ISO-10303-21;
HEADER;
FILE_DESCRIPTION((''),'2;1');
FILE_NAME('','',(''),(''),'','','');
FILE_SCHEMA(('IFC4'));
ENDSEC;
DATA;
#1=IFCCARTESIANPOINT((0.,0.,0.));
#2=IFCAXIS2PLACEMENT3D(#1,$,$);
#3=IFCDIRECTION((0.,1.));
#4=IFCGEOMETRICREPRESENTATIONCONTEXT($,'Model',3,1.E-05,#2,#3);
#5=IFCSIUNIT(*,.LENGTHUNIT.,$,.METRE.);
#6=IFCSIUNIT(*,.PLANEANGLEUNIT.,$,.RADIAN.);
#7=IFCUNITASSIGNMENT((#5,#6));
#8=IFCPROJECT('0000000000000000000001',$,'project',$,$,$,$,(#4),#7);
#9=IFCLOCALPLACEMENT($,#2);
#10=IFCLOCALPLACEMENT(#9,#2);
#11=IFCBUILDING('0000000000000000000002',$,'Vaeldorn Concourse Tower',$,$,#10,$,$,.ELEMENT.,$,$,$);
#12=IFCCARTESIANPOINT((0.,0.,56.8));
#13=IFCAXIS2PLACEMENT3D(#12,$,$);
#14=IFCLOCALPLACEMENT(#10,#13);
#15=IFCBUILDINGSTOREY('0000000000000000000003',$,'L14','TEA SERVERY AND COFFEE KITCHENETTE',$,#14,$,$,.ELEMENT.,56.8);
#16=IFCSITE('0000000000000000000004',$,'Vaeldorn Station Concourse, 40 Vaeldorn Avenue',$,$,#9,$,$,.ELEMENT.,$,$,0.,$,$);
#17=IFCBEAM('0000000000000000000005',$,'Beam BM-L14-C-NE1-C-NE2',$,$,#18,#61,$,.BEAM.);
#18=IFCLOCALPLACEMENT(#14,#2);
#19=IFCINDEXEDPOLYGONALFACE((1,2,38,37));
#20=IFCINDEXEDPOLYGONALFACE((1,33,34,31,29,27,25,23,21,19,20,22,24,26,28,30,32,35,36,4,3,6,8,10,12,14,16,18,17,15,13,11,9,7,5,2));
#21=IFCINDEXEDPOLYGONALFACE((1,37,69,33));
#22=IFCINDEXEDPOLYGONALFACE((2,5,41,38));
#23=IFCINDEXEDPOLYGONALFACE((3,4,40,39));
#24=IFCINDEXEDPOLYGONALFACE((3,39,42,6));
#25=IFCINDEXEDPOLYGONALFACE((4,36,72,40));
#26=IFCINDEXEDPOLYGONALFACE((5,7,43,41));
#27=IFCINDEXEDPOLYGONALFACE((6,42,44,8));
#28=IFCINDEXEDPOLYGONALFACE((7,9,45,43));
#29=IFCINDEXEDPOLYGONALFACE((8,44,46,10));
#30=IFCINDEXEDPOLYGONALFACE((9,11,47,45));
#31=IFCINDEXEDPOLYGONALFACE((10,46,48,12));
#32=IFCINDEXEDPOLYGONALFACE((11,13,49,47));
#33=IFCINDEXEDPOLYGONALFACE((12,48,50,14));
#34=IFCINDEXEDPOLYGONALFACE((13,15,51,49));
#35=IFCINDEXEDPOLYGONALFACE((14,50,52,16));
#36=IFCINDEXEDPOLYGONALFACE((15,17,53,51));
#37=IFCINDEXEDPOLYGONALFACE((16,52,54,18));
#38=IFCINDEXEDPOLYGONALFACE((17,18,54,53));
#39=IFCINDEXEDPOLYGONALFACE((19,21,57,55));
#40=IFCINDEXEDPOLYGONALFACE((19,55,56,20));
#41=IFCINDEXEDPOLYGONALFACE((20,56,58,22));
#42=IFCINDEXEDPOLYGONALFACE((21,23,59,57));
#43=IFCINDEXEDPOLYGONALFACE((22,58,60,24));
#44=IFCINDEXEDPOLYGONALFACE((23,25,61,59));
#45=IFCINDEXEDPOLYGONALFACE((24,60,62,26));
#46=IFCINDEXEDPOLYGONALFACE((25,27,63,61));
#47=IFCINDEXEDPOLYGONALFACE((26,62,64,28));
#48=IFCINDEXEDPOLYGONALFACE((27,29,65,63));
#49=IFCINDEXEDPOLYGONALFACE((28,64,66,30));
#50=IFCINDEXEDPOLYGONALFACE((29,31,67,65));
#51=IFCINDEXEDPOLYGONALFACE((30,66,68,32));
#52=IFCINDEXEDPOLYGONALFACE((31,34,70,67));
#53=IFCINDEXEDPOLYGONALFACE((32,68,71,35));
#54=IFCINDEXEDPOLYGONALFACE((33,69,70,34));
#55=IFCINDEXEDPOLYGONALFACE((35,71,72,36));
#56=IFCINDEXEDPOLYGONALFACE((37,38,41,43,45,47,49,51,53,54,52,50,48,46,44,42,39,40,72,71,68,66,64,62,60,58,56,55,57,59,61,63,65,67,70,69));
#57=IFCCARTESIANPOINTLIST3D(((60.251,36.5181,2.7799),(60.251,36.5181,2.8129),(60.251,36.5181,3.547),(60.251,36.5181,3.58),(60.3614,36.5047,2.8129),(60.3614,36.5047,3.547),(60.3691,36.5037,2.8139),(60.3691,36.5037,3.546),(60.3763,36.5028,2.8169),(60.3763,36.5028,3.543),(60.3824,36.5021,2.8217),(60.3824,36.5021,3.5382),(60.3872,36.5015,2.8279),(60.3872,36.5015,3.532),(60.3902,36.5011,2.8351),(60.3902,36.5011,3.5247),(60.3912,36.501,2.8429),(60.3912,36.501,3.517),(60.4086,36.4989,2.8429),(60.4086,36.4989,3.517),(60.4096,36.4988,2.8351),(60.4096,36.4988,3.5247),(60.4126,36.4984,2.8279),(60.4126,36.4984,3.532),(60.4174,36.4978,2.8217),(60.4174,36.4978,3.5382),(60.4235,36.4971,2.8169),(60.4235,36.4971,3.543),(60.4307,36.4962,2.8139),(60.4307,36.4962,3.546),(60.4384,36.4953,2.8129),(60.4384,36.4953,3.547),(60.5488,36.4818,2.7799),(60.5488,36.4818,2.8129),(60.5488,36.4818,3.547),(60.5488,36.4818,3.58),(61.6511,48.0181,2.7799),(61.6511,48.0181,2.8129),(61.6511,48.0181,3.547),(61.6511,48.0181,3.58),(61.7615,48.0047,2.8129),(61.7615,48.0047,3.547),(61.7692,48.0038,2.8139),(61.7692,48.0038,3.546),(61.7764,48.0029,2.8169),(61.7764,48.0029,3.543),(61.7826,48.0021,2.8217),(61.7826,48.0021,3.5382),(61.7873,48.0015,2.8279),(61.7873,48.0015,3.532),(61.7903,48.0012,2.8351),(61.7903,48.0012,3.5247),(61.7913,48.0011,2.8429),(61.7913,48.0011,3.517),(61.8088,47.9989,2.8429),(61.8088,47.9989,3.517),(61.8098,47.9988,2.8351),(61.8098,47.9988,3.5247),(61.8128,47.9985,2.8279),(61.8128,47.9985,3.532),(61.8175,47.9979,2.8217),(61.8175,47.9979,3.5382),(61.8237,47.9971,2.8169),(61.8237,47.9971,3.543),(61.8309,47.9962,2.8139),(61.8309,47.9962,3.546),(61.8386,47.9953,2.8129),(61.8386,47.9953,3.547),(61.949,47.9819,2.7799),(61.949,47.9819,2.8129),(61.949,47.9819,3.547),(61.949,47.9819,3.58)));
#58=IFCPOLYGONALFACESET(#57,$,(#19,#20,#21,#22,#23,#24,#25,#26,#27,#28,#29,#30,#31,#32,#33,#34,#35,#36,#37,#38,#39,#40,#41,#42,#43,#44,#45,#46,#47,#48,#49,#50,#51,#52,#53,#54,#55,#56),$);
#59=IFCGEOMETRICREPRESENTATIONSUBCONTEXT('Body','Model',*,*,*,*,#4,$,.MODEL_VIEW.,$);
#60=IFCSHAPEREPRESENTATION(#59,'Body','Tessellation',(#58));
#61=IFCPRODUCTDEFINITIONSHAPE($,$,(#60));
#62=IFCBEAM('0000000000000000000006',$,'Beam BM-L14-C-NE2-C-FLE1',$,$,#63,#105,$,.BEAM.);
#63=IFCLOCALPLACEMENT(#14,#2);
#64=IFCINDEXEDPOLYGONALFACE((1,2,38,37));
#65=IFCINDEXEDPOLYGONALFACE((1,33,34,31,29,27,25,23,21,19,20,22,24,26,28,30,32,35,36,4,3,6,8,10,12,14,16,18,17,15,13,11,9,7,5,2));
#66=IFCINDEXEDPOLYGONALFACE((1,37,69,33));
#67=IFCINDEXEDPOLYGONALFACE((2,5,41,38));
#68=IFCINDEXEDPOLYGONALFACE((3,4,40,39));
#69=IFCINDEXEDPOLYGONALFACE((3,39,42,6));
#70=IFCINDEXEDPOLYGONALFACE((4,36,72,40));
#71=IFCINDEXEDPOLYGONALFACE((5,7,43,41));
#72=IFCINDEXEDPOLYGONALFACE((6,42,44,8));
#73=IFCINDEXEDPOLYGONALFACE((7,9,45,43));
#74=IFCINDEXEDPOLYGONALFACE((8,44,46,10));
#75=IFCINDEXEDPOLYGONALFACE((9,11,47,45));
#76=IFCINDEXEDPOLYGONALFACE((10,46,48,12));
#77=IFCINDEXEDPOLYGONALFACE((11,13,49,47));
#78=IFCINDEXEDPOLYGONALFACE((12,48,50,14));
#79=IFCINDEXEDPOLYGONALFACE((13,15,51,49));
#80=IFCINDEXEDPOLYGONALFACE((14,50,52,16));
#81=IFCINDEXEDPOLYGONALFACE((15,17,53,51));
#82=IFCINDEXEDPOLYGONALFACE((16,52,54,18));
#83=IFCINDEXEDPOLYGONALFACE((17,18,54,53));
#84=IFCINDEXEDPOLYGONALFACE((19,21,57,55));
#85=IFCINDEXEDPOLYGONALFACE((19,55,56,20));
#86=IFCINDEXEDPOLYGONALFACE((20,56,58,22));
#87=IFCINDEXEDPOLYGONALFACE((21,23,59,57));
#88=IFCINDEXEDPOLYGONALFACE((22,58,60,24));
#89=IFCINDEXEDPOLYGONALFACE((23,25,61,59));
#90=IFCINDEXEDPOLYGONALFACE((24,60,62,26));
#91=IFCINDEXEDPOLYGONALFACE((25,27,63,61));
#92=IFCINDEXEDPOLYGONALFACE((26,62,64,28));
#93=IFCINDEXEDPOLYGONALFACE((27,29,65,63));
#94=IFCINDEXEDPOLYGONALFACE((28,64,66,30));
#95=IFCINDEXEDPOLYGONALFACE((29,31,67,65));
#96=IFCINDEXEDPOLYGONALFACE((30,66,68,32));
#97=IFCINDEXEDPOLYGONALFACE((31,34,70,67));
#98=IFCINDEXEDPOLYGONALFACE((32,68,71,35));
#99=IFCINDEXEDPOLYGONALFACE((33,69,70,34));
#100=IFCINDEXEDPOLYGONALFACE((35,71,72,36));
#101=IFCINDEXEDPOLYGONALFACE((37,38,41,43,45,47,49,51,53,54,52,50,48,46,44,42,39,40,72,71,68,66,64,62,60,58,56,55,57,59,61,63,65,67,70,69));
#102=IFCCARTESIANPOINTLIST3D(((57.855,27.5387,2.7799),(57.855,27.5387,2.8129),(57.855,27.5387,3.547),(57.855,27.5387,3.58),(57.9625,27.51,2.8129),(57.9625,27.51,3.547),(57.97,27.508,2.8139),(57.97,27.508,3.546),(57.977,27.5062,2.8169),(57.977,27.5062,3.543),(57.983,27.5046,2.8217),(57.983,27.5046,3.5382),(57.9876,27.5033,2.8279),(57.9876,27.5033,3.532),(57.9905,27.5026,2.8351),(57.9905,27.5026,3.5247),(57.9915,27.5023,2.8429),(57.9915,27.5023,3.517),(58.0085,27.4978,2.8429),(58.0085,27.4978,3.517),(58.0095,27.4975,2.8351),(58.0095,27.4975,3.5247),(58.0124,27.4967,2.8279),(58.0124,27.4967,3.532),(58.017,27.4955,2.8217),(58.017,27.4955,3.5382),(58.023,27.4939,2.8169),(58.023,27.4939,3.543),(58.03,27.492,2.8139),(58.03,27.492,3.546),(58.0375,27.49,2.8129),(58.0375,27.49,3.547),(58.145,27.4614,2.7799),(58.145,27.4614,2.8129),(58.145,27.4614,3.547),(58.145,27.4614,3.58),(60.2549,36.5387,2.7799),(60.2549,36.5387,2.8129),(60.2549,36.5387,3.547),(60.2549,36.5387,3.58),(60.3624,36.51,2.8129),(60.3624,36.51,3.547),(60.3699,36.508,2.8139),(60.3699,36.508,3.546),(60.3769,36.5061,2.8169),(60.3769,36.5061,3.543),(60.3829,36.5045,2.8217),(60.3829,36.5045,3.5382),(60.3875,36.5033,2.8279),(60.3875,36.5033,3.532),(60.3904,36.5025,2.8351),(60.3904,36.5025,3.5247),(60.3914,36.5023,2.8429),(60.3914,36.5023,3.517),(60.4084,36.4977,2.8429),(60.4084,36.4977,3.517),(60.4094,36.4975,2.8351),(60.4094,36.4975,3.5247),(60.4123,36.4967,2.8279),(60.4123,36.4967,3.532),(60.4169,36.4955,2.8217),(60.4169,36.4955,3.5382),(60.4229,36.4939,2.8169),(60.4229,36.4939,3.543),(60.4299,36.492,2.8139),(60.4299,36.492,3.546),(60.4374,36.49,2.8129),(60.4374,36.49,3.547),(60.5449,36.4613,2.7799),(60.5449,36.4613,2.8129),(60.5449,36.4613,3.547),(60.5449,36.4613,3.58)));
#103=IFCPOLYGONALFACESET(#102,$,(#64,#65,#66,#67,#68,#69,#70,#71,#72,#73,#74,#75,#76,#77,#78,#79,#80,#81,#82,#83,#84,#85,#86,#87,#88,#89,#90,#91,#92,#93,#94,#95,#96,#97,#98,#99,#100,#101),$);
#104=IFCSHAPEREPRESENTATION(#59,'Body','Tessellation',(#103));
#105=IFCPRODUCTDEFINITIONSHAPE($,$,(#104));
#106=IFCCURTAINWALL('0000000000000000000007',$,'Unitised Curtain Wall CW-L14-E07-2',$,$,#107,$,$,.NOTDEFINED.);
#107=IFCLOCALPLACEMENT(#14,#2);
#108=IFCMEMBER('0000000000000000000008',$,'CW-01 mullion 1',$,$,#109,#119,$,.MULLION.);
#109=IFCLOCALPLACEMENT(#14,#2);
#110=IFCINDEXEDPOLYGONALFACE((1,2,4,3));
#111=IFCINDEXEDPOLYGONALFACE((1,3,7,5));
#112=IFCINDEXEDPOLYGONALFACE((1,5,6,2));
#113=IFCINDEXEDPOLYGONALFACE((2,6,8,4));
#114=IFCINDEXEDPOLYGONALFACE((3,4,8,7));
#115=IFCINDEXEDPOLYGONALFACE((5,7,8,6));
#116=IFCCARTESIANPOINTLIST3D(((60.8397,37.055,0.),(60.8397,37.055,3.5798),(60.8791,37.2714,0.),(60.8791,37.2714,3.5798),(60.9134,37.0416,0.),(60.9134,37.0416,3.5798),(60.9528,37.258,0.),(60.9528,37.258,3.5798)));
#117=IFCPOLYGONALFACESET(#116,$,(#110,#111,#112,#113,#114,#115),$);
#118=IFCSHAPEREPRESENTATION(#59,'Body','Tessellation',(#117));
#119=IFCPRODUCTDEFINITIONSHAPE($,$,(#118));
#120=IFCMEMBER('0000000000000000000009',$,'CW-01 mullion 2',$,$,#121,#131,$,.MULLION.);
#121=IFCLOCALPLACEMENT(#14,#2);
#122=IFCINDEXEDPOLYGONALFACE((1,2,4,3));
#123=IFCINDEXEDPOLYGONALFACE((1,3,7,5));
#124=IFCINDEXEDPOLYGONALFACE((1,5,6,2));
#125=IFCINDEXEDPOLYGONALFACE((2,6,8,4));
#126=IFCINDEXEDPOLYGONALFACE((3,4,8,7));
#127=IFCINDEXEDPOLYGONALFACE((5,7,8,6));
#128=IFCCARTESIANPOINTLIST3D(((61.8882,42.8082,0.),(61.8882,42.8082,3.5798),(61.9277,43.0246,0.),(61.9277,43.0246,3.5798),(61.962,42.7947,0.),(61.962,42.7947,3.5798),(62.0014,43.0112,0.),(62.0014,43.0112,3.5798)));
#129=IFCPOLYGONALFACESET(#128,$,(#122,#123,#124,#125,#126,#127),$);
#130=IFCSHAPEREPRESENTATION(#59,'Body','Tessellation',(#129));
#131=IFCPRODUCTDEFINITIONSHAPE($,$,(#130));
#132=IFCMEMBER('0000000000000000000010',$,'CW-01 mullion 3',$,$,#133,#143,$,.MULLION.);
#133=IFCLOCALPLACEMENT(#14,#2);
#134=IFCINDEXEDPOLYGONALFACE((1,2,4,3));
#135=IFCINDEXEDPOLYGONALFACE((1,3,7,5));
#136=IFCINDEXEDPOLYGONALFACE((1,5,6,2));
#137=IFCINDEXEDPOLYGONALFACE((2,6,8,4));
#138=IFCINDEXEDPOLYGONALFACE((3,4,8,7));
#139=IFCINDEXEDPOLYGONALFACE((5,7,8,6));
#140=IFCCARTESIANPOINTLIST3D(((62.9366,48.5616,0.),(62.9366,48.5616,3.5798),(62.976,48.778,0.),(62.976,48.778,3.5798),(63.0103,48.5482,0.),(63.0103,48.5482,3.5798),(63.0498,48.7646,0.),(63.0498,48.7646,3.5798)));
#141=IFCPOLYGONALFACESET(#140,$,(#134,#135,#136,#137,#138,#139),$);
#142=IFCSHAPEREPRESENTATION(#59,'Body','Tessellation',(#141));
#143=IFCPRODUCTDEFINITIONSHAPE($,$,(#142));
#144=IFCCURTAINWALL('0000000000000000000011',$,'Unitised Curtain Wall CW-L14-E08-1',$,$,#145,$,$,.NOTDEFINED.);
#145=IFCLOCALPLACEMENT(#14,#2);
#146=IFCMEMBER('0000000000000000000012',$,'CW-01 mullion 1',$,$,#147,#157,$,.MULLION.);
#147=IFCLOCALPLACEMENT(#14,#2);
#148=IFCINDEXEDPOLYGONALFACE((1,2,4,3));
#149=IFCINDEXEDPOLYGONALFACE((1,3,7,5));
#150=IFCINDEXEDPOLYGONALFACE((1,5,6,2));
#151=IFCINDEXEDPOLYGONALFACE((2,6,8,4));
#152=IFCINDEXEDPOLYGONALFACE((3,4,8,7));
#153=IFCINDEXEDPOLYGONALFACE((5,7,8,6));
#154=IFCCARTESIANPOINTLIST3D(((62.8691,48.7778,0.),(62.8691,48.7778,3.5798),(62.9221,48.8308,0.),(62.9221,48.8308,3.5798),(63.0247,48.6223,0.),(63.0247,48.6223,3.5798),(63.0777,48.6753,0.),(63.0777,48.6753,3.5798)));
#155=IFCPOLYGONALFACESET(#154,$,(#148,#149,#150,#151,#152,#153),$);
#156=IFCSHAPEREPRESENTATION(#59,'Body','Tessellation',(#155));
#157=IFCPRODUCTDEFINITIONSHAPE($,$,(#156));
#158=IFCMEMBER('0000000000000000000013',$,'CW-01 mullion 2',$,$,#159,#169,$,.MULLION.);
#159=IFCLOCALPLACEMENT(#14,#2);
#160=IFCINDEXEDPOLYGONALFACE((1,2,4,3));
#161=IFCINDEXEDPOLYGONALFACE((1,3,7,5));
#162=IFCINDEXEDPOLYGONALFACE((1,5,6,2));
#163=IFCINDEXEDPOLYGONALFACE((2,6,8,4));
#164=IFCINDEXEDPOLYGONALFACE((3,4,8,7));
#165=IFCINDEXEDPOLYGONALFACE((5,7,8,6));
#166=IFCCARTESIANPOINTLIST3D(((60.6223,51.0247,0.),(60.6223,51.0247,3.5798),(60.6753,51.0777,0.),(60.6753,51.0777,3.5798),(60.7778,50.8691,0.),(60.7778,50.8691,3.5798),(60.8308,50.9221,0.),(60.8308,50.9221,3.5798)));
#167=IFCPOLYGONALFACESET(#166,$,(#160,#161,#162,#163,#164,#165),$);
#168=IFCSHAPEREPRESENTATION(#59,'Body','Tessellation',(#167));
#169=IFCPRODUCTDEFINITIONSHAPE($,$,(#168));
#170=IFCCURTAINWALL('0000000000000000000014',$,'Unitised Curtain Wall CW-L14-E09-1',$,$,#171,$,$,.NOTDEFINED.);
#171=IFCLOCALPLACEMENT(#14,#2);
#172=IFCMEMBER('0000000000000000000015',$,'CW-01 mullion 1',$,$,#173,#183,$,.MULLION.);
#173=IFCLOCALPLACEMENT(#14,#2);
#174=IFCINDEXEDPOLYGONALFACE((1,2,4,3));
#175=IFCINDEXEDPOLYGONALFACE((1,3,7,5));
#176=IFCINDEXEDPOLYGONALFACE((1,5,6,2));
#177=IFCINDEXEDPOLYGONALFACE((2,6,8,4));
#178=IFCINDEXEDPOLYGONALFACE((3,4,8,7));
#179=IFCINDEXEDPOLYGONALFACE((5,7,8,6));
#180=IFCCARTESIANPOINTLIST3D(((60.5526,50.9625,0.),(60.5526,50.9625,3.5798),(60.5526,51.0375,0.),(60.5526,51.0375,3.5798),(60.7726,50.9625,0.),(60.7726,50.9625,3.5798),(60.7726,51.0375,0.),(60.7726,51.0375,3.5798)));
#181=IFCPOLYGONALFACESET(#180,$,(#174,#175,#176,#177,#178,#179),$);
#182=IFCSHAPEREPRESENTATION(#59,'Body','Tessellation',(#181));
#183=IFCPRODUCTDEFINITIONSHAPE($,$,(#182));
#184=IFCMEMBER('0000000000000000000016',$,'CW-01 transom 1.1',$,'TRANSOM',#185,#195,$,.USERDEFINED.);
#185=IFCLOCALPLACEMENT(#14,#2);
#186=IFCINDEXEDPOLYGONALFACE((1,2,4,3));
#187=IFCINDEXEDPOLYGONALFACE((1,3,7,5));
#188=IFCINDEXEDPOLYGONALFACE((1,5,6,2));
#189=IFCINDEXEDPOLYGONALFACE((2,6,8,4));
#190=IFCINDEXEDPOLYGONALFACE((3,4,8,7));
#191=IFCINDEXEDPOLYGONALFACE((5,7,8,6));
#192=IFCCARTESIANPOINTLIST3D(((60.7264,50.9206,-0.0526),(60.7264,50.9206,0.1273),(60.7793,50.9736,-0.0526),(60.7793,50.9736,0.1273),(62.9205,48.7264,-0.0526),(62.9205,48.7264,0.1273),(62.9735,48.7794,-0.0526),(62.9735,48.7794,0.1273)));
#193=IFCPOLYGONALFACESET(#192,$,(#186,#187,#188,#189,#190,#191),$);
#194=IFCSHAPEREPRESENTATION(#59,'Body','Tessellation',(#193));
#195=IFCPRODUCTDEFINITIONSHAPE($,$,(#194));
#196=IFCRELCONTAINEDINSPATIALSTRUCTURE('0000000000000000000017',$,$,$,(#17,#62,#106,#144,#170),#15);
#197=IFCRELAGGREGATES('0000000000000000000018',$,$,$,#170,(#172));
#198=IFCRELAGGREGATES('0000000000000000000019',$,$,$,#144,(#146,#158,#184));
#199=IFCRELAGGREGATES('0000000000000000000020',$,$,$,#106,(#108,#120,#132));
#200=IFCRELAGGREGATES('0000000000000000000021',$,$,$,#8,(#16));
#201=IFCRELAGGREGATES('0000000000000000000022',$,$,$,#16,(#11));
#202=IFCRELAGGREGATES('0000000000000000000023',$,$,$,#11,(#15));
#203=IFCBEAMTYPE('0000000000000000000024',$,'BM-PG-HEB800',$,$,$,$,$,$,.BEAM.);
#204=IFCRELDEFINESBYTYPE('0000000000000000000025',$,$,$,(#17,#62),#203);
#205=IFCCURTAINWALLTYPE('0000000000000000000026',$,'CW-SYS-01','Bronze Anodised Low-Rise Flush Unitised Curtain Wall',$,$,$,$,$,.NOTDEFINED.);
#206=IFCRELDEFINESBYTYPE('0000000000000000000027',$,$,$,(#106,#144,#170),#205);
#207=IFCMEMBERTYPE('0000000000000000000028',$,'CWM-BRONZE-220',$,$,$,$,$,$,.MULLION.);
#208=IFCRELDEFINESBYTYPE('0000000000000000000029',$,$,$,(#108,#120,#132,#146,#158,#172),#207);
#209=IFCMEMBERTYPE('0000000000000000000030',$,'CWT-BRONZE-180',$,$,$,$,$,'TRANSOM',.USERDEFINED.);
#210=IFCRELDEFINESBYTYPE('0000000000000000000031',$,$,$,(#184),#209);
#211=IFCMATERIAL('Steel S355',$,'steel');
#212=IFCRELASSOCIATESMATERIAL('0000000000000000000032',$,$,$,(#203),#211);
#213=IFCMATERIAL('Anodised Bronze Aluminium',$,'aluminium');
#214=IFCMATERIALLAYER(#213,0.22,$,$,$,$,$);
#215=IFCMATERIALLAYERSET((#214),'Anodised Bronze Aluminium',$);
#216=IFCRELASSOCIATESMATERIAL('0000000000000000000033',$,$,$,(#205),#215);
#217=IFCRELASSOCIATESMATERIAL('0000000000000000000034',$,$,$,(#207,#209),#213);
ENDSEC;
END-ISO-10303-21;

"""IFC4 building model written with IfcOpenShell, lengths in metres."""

from ifc_helpers import new_model, si_unit, direction, frame, origin, origin_2d, place, context, subcontext, project, spatial, rectangle, i_section, extrude, source, transform, mapped, material, layer, layer_set, material_profile, profile_set, type_object, element, aggregate, save


model = new_model("IFC4")

# Units and contexts
model_context = context("Model", 3, precision=1e-05, world=origin(), true_north=direction((0.0, 1.0)))
body_context = subcontext(model_context, "Body", "Model", "MODEL_VIEW")
ifc_project = project(units=[si_unit("LENGTHUNIT", "METRE"), si_unit("PLANEANGLEUNIT", "RADIAN")], contexts=[model_context])

# Site, building, storey
site_placement = place(None, origin())
site = spatial("IfcSite", under=ifc_project, at=site_placement, Name="Vaeldorn Station Concourse, 40 Vaeldorn Avenue", CompositionType="ELEMENT", RefElevation=0.0)
building_placement = place(site_placement, origin())
building = spatial("IfcBuilding", under=site, at=building_placement, Name="Vaeldorn Concourse Tower", CompositionType="ELEMENT")
storey_placement = place(building_placement, frame((0.0, 0.0, 56.8)))
storey = spatial("IfcBuildingStorey", under=building, at=storey_placement, Name="L14", Description="TEA SERVERY AND COFFEE KITCHENETTE", CompositionType="ELEMENT", Elevation=56.8)

# Beams
ifc_material_1 = material(Name="Steel S355", Category="steel")
ifc_material_profile_1 = material_profile(ifc_material_1, i_section(OverallWidth=0.3, OverallDepth=0.8, WebThickness=0.0176, FlangeThickness=0.033, FilletRadius=0.03, at=origin_2d()), Name="HEB 800")
ifc_profile_set_1 = profile_set([ifc_material_profile_1], Name="Steel S355")
beam_type = type_object("IfcBeamType", Name="BM-PG-HEB800", PredefinedType="BEAM", material=ifc_profile_set_1)
shared_shape_1 = source(origin(), body_context, "Body", "SweptSolid", [
    extrude(i_section(OverallWidth=0.3, OverallDepth=0.8, WebThickness=0.0176, FlangeThickness=0.033, FilletRadius=0.03, at=origin_2d()), origin(), (0.0, 0.0, 1.0), 11.585),
])
beam_1_placement = place(storey_placement, frame((61.8, 48.0, 3.1799), z_axis=(-0.120859, -0.99267, 0.0), x_axis=(0.99267, -0.120859, 0.0)))
element("IfcBeam", 1, at=beam_1_placement, inside=storey, type_object=beam_type, Name="Beam BM-L14-C-NE1-C-NE2", PredefinedType="BEAM", context=body_context, shape_type="MappedRepresentation", body=[
    mapped(shared_shape_1, transform((0.0, 0.0, 0.0), scale=1.0)),
])
shared_shape_2 = source(origin(), body_context, "Body", "SweptSolid", [
    extrude(i_section(OverallWidth=0.3, OverallDepth=0.8, WebThickness=0.0176, FlangeThickness=0.033, FilletRadius=0.03, at=origin_2d()), origin(), (0.0, 0.0, 1.0), 9.3145),
])
beam_2_placement = place(storey_placement, frame((60.3999, 36.5, 3.1799), z_axis=(-0.257653, -0.966238, 0.0), x_axis=(0.966238, -0.257653, 0.0)))
element("IfcBeam", 2, at=beam_2_placement, inside=storey, type_object=beam_type, Name="Beam BM-L14-C-NE2-C-FLE1", PredefinedType="BEAM", context=body_context, shape_type="MappedRepresentation", body=[
    mapped(shared_shape_2, transform((0.0, 0.0, 0.0), scale=1.0)),
])

# Curtain walls, members
ifc_material_2 = material(Name="Anodised Bronze Aluminium", Category="aluminium")
ifc_layer_1 = layer(ifc_material_2, 0.22)
ifc_layer_set_1 = layer_set([ifc_layer_1], Name="Anodised Bronze Aluminium")
curtain_wall_type = type_object("IfcCurtainWallType", Name="CW-SYS-01", Description="Bronze Anodised Low-Rise Flush Unitised Curtain Wall", PredefinedType="NOTDEFINED", material=ifc_layer_set_1)
curtain_wall_1_placement = place(storey_placement, origin())
curtain_wall_1 = element("IfcCurtainWall", 3, at=curtain_wall_1_placement, inside=storey, type_object=curtain_wall_type, Name="Unitised Curtain Wall CW-L14-E07-2", PredefinedType="NOTDEFINED")
ifc_material_profile_2 = material_profile(ifc_material_2, rectangle(XDim=0.075, YDim=0.22, at=origin_2d()), Name="CWM 75x220")
ifc_profile_set_2 = profile_set([ifc_material_profile_2], Name="Anodised Bronze Aluminium")
member_type_1 = type_object("IfcMemberType", Name="CWM-BRONZE-220", PredefinedType="MULLION", material=ifc_profile_set_2)
shared_shape_3 = source(origin(), body_context, "Body", "SweptSolid", [
    extrude(rectangle(XDim=0.075, YDim=0.22, at=origin_2d()), origin(), (0.0, 0.0, 1.0), 3.5798),
])
member_1_placement = place(storey_placement, frame((60.8962, 37.1565, 0.0), z_axis=(0.0, 0.0, 1.0), x_axis=(-0.983796, 0.179293, 0.0)))
member_1 = element("IfcMember", 4, at=member_1_placement, type_object=member_type_1, Name="CW-01 mullion 1", PredefinedType="MULLION", context=body_context, shape_type="MappedRepresentation", body=[
    mapped(shared_shape_3, transform((0.0, 0.0, 0.0), scale=1.0)),
])
member_2_placement = place(storey_placement, frame((61.9448, 42.9097, 0.0), z_axis=(0.0, 0.0, 1.0), x_axis=(-0.983796, 0.179293, 0.0)))
member_2 = element("IfcMember", 5, at=member_2_placement, type_object=member_type_1, Name="CW-01 mullion 2", PredefinedType="MULLION", context=body_context, shape_type="MappedRepresentation", body=[
    mapped(shared_shape_3, transform((0.0, 0.0, 0.0), scale=1.0)),
])
member_3_placement = place(storey_placement, frame((62.9932, 48.6631, 0.0), z_axis=(0.0, 0.0, 1.0), x_axis=(-0.983796, 0.179293, 0.0)))
member_3 = element("IfcMember", 6, at=member_3_placement, type_object=member_type_1, Name="CW-01 mullion 3", PredefinedType="MULLION", context=body_context, shape_type="MappedRepresentation", body=[
    mapped(shared_shape_3, transform((0.0, 0.0, 0.0), scale=1.0)),
])
curtain_wall_2_placement = place(storey_placement, origin())
curtain_wall_2 = element("IfcCurtainWall", 7, at=curtain_wall_2_placement, inside=storey, type_object=curtain_wall_type, Name="Unitised Curtain Wall CW-L14-E08-1", PredefinedType="NOTDEFINED")
member_4_placement = place(storey_placement, frame((62.9734, 48.7266, 0.0), z_axis=(0.0, 0.0, 1.0), x_axis=(-0.707107, -0.707107, 0.0)))
member_4 = element("IfcMember", 8, at=member_4_placement, type_object=member_type_1, Name="CW-01 mullion 1", PredefinedType="MULLION", context=body_context, shape_type="MappedRepresentation", body=[
    mapped(shared_shape_3, transform((0.0, 0.0, 0.0), scale=1.0)),
])
member_5_placement = place(storey_placement, frame((60.7266, 50.9734, 0.0), z_axis=(0.0, 0.0, 1.0), x_axis=(-0.707107, -0.707107, 0.0)))
member_5 = element("IfcMember", 9, at=member_5_placement, type_object=member_type_1, Name="CW-01 mullion 2", PredefinedType="MULLION", context=body_context, shape_type="MappedRepresentation", body=[
    mapped(shared_shape_3, transform((0.0, 0.0, 0.0), scale=1.0)),
])

# Curtain wall, member
curtain_wall_3_placement = place(storey_placement, origin())
curtain_wall_3 = element("IfcCurtainWall", 10, at=curtain_wall_3_placement, inside=storey, type_object=curtain_wall_type, Name="Unitised Curtain Wall CW-L14-E09-1", PredefinedType="NOTDEFINED")
member_6_placement = place(storey_placement, frame((60.6626, 51.0, 0.0), z_axis=(0.0, 0.0, 1.0), x_axis=(0.0, -1.0, 0.0)))
member_6 = element("IfcMember", 11, at=member_6_placement, type_object=member_type_1, Name="CW-01 mullion 1", PredefinedType="MULLION", context=body_context, shape_type="MappedRepresentation", body=[
    mapped(shared_shape_3, transform((0.0, 0.0, 0.0), scale=1.0)),
])

# Member
ifc_material_profile_3 = material_profile(ifc_material_2, rectangle(XDim=0.075, YDim=0.1799, at=origin_2d()), Name="CWT 75x180")
ifc_profile_set_3 = profile_set([ifc_material_profile_3], Name="Anodised Bronze Aluminium")
member_type_2 = type_object("IfcMemberType", Name="CWT-BRONZE-180", ElementType="TRANSOM", PredefinedType="USERDEFINED", material=ifc_profile_set_3)
shared_shape_4 = source(origin(), body_context, "Body", "SweptSolid", [
    extrude(rectangle(XDim=0.075, YDim=0.1799, at=origin_2d()), origin(), (0.0, 0.0, 1.0), 3.103),
])
member_7_placement = place(storey_placement, frame((62.947, 48.7529, 0.0374), z_axis=(-0.707107, 0.707107, 0.0), x_axis=(-0.707107, -0.707107, 0.0)))
member_7 = element("IfcMember", 12, at=member_7_placement, type_object=member_type_2, Name="CW-01 transom 1.1", ObjectType="TRANSOM", PredefinedType="USERDEFINED", context=body_context, shape_type="MappedRepresentation", body=[
    mapped(shared_shape_4, transform((0.0, 0.0, 0.0), scale=1.0)),
])
aggregate(curtain_wall_3, [member_6])

aggregate(curtain_wall_2, [member_4, member_5, member_7])
aggregate(curtain_wall_1, [member_1, member_2, member_3])

save(model, "model.ifc")
